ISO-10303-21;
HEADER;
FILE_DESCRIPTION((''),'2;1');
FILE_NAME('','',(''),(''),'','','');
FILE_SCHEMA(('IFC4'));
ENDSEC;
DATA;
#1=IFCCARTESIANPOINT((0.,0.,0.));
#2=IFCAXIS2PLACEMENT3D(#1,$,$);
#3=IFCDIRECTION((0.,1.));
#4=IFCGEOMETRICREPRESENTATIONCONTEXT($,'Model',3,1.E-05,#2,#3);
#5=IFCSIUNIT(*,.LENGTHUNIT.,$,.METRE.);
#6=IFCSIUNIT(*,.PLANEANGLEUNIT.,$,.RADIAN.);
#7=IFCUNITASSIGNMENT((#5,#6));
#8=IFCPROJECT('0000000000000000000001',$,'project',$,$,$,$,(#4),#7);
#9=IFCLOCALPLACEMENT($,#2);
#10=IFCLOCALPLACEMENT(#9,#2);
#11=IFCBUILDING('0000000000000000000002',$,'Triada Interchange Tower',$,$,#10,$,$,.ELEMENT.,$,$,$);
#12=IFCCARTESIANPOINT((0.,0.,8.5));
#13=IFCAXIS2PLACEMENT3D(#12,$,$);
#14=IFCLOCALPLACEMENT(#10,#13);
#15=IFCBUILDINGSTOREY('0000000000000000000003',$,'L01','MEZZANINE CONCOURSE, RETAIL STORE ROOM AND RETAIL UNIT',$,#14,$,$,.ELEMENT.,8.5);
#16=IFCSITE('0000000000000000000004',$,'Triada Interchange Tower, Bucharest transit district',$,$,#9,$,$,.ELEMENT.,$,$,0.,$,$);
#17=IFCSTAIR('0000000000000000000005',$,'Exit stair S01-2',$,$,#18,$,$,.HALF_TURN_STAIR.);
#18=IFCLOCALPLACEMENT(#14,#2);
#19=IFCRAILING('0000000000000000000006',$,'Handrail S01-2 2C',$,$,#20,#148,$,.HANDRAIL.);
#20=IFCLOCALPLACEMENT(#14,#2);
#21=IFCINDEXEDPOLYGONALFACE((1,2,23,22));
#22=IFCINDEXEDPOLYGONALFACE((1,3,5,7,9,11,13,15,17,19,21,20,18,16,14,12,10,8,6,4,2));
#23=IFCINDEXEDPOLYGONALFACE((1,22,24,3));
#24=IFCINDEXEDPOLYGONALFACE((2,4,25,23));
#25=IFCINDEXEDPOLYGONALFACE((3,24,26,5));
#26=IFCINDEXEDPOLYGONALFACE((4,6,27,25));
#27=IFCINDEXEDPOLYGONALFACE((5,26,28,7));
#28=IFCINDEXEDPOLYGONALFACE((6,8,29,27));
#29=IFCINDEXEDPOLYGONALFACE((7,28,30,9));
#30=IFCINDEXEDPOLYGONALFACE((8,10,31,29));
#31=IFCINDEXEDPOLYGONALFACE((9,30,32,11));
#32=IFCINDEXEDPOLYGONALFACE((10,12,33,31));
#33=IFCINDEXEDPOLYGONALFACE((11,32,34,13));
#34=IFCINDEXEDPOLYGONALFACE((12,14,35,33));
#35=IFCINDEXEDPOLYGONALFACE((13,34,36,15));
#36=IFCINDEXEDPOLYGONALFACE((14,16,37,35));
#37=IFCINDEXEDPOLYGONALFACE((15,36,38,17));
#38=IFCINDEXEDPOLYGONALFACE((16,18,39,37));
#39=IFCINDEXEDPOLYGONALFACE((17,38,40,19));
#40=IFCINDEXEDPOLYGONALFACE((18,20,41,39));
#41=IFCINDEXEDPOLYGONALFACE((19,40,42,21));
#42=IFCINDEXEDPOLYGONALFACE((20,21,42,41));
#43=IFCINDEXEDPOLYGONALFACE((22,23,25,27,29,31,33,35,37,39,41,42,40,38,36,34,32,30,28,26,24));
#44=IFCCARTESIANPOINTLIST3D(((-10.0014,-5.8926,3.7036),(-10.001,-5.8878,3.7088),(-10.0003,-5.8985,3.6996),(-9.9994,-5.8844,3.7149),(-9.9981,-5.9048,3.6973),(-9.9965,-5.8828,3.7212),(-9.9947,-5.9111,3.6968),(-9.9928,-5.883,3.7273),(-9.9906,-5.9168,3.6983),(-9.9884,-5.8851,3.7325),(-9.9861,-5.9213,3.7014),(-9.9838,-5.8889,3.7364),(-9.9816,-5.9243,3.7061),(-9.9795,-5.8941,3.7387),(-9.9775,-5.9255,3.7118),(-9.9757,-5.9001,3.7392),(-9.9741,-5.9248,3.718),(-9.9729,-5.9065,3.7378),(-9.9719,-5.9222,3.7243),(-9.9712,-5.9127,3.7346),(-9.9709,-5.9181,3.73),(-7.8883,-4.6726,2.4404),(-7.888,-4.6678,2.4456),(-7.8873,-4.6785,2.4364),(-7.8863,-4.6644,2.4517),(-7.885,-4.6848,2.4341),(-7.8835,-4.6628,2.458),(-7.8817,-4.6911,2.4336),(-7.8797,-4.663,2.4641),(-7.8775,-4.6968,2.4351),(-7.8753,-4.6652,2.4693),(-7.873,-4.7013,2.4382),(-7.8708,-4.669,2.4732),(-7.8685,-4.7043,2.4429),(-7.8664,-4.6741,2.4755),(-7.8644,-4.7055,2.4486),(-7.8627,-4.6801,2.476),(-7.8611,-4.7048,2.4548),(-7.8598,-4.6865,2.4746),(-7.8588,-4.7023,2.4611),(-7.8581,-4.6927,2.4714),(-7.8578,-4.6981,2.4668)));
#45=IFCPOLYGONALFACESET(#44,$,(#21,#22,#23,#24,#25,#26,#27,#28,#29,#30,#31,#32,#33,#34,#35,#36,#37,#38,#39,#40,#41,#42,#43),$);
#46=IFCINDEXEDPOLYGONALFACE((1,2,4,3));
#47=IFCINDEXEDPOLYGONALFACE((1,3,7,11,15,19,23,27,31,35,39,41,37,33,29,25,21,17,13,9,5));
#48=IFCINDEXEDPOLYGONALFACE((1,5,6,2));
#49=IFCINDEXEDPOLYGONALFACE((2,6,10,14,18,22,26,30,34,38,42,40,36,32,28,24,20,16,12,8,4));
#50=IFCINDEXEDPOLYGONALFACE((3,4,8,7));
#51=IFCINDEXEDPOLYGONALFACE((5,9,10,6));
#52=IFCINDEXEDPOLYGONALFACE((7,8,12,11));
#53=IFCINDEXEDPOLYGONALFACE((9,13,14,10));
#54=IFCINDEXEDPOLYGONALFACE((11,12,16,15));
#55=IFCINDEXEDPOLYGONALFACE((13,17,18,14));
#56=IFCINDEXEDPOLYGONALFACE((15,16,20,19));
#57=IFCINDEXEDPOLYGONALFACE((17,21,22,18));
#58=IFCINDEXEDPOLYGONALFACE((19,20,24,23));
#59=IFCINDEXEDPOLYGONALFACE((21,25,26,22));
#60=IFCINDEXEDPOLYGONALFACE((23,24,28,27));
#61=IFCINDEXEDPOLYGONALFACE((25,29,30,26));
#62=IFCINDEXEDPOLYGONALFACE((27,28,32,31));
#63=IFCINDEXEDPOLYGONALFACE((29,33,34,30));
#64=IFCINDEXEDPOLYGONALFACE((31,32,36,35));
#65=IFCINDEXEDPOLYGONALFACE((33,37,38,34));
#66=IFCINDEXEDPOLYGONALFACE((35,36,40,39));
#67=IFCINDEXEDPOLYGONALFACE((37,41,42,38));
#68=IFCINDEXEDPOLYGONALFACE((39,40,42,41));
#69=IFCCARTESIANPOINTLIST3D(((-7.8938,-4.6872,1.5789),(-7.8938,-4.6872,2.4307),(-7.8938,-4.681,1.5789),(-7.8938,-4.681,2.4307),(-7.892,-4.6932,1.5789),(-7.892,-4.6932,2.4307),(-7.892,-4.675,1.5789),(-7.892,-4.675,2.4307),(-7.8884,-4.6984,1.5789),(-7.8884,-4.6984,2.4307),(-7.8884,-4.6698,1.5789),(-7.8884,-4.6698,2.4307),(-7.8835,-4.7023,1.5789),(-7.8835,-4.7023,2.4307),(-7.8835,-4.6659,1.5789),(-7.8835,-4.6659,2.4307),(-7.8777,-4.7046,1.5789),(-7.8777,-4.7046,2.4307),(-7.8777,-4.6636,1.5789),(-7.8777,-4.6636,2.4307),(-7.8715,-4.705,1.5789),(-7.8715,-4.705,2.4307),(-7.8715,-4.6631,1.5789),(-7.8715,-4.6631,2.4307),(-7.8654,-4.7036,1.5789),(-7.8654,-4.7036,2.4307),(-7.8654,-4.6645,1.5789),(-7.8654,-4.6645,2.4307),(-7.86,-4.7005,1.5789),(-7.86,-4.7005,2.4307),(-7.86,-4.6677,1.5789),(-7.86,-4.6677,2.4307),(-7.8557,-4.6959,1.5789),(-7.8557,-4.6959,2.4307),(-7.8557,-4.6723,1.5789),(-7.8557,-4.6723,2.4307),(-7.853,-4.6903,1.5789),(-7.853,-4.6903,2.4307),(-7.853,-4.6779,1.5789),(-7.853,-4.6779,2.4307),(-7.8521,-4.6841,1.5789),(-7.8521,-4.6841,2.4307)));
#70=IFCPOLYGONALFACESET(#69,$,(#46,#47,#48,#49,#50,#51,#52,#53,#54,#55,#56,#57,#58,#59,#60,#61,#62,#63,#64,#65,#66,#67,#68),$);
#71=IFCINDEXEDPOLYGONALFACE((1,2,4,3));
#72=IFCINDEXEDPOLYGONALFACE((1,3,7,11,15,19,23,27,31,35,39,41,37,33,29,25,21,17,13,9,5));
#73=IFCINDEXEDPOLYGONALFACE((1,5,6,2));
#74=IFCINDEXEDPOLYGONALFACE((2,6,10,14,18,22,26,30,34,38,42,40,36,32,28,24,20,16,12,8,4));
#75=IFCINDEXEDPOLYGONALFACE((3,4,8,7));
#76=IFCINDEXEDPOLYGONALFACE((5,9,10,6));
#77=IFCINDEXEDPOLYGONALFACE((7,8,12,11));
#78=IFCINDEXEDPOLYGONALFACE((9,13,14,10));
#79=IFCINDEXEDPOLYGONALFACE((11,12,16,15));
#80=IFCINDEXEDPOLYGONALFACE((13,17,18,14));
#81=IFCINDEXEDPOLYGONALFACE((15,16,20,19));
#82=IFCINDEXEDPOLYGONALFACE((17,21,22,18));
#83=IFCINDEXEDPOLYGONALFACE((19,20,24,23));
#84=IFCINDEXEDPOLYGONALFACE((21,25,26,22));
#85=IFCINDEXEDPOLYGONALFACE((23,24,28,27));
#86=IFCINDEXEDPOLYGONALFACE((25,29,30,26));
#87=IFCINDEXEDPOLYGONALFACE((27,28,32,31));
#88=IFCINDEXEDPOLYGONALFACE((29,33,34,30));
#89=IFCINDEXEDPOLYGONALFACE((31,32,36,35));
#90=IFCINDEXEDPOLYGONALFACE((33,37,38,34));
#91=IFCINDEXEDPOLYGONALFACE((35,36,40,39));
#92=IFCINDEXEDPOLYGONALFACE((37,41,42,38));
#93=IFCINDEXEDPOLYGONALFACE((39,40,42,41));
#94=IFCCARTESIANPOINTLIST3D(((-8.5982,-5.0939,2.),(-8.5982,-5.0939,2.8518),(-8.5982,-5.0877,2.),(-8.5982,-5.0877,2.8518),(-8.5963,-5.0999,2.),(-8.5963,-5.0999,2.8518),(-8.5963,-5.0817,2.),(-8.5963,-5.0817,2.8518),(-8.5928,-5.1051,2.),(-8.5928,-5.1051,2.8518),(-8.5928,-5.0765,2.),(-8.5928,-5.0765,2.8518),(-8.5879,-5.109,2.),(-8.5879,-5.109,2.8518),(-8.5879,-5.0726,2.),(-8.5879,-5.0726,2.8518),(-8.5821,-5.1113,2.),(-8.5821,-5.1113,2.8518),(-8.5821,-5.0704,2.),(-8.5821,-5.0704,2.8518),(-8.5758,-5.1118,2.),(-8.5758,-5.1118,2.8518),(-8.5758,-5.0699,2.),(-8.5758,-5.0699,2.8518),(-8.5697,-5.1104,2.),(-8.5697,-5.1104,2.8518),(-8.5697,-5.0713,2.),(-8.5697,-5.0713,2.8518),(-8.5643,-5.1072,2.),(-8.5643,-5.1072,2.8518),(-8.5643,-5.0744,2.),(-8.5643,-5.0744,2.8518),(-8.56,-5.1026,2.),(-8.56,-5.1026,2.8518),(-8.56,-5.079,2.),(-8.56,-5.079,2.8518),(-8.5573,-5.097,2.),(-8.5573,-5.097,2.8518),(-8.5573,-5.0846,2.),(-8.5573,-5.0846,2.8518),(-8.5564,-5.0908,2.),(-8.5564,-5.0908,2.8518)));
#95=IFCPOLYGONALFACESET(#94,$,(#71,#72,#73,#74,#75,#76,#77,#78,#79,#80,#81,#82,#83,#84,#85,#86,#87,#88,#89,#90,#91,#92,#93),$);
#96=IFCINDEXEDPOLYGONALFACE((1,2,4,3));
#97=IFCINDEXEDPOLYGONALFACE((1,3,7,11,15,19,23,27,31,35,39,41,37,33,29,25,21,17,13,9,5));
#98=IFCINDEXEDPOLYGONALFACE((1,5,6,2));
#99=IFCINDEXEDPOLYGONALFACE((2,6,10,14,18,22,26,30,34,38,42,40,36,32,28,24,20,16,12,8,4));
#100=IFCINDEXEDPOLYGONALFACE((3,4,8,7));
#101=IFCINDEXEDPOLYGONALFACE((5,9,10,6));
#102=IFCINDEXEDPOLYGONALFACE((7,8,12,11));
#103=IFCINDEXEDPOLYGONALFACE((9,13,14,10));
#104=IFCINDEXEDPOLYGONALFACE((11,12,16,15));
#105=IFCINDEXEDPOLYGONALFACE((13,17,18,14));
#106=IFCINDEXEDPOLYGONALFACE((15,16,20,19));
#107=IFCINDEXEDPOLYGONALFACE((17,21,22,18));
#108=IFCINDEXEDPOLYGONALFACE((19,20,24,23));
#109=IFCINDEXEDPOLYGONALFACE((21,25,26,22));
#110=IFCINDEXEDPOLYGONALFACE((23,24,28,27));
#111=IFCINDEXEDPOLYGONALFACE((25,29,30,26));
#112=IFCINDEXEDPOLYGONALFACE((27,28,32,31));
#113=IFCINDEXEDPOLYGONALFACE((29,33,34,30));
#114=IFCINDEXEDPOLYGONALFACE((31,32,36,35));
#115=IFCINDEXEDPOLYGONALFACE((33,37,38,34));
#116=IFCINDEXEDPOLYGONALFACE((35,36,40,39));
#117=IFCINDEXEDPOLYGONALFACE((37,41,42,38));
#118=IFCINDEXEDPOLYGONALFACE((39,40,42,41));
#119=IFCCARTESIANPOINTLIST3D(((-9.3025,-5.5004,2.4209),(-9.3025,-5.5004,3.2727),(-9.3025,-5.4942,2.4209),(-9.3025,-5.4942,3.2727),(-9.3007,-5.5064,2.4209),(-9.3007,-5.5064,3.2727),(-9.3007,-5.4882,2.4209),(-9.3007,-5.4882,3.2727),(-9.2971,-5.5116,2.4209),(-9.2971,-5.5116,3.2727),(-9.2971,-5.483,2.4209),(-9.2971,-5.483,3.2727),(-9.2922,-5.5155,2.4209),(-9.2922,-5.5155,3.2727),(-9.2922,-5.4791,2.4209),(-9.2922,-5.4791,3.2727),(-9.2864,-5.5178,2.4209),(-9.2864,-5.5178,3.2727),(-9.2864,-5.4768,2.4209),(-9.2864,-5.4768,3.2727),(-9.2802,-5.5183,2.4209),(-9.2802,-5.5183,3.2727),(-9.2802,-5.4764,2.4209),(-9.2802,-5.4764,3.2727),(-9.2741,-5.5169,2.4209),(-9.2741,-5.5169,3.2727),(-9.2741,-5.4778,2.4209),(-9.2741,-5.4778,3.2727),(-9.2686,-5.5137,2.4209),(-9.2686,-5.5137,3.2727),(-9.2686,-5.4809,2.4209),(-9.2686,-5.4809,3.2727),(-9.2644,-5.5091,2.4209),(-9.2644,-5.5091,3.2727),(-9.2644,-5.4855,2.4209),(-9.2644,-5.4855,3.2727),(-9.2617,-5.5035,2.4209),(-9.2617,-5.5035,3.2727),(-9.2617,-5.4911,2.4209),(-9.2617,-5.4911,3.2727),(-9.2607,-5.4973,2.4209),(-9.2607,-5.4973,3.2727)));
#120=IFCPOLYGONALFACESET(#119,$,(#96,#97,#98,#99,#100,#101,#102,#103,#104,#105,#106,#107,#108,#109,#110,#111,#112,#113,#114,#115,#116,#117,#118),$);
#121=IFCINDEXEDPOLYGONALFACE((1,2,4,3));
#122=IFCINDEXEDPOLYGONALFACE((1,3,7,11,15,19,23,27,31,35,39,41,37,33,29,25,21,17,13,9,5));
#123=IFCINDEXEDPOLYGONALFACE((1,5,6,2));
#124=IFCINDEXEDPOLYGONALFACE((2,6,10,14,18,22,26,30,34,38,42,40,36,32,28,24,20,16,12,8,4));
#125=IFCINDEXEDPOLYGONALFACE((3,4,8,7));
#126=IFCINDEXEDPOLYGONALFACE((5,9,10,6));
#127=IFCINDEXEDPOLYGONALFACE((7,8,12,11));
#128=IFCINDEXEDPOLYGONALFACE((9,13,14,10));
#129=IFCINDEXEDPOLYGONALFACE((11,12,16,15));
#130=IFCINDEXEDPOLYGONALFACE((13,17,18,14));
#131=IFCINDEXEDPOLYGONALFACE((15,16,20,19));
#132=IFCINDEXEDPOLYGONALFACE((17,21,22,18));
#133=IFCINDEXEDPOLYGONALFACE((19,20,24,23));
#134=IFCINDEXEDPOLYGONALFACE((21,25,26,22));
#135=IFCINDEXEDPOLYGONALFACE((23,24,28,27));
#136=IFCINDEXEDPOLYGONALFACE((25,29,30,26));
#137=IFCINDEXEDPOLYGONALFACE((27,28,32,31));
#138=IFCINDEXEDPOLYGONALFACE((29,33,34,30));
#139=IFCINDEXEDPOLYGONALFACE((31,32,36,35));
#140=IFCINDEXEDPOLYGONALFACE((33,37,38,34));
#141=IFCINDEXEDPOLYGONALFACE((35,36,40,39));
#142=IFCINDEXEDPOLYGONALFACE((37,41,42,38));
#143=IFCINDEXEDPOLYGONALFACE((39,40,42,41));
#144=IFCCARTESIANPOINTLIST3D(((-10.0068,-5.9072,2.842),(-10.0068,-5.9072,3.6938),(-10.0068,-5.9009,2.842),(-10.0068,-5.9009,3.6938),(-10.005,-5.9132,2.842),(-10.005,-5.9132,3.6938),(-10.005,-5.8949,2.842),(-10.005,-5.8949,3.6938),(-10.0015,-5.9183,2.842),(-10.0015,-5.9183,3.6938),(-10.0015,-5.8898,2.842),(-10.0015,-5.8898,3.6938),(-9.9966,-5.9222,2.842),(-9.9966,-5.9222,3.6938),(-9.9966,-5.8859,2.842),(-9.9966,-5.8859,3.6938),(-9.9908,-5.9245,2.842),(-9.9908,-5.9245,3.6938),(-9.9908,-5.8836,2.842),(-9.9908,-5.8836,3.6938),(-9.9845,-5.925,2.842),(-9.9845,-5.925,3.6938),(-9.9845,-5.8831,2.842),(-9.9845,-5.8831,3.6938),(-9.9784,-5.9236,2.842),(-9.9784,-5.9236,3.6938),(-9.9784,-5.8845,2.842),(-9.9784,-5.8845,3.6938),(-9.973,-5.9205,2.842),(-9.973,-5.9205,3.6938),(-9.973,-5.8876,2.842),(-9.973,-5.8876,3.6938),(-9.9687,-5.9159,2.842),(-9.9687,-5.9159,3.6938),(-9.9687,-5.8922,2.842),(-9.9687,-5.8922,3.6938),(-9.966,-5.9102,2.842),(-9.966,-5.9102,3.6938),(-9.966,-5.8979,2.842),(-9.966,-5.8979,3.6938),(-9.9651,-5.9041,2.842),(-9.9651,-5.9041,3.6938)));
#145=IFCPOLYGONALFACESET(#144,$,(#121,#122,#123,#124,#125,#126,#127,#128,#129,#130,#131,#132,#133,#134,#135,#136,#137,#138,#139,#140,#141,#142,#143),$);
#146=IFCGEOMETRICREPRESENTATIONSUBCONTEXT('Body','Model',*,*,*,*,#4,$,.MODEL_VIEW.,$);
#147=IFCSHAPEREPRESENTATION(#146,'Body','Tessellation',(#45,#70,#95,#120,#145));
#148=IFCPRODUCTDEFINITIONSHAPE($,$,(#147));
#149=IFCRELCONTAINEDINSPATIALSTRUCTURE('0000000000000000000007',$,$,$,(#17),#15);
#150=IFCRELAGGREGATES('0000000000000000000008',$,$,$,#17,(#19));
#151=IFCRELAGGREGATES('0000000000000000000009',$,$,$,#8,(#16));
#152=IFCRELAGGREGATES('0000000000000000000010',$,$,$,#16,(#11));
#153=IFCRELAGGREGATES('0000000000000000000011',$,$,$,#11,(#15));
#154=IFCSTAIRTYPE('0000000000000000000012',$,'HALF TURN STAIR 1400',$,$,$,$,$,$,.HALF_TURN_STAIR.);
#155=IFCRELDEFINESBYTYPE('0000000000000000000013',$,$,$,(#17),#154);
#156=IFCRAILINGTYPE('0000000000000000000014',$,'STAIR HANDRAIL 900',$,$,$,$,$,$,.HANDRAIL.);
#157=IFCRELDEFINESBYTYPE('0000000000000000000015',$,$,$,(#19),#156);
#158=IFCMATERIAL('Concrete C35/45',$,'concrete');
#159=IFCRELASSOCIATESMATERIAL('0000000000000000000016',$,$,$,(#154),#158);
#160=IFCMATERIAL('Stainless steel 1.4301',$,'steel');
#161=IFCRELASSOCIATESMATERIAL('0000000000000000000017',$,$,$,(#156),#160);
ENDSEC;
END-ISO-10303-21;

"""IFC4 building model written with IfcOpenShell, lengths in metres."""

from ifc_helpers import new_model, si_unit, direction, frame, origin, origin_2d, place, context, subcontext, project, spatial, circle, extrude, material, type_object, element, aggregate, save


model = new_model("IFC4")

# Units and contexts
model_context = context("Model", 3, precision=1e-05, world=origin(), true_north=direction((0.0, 1.0)))
body_context = subcontext(model_context, "Body", "Model", "MODEL_VIEW")
ifc_project = project(units=[si_unit("LENGTHUNIT", "METRE"), si_unit("PLANEANGLEUNIT", "RADIAN")], contexts=[model_context])

# Site, building, storey
site_placement = place(None, origin())
site = spatial("IfcSite", under=ifc_project, at=site_placement, Name="Triada Interchange Tower, Bucharest transit district", CompositionType="ELEMENT", RefElevation=0.0)
building_placement = place(site_placement, origin())
building = spatial("IfcBuilding", under=site, at=building_placement, Name="Triada Interchange Tower", CompositionType="ELEMENT")
storey_placement = place(building_placement, frame((0.0, 0.0, 8.5)))
storey = spatial("IfcBuildingStorey", under=building, at=storey_placement, Name="L01", Description="MEZZANINE CONCOURSE, RETAIL STORE ROOM AND RETAIL UNIT", CompositionType="ELEMENT", Elevation=8.5)

# Shared definitions
ifc_material_1 = material(Name="Concrete C35/45", Category="concrete")
stair_type = type_object("IfcStairType", Name="HALF TURN STAIR 1400", PredefinedType="HALF_TURN_STAIR", material=ifc_material_1)

# Stair
stair_1_placement = place(storey_placement, origin())
stair_1 = element("IfcStair", 1, at=stair_1_placement, inside=storey, type_object=stair_type, Name="Exit stair S01-2", PredefinedType="HALF_TURN_STAIR")

# Railing
ifc_material_2 = material(Name="Stainless steel 1.4301", Category="steel")
railing_type = type_object("IfcRailingType", Name="STAIR HANDRAIL 900", PredefinedType="HANDRAIL", material=ifc_material_2)
railing_1_placement = place(storey_placement, frame((-7.873, -4.6841, 1.5789)))
railing_1 = element("IfcRailing", 2, at=railing_1_placement, type_object=railing_type, Name="Handrail S01-2 2C", PredefinedType="HANDRAIL", context=body_context, shape_type="SweptSolid", body=[
    extrude(circle(Radius=0.0239, at=origin_2d()), frame((0.0, 0.0, 0.876), z_axis=(-0.76907, -0.444026, 0.459753), x_axis=(0.500003, -0.866024, 0.0)), (0.0, 0.0, 1.0), 2.7476),
    extrude(circle(Radius=0.021, at=origin_2d()), origin(), (0.0, 0.0, 1.0), 0.8518),
    extrude(circle(Radius=0.021, at=origin_2d()), frame((-0.7043, -0.4067, 0.4211)), (0.0, 0.0, 1.0), 0.8518),
    extrude(circle(Radius=0.021, at=origin_2d()), frame((-1.4087, -0.8132, 0.842)), (0.0, 0.0, 1.0), 0.8518),
    extrude(circle(Radius=0.021, at=origin_2d()), frame((-2.113, -1.22, 1.2632)), (0.0, 0.0, 1.0), 0.8518),
])
aggregate(stair_1, [railing_1])

save(model, "model.ifc")
